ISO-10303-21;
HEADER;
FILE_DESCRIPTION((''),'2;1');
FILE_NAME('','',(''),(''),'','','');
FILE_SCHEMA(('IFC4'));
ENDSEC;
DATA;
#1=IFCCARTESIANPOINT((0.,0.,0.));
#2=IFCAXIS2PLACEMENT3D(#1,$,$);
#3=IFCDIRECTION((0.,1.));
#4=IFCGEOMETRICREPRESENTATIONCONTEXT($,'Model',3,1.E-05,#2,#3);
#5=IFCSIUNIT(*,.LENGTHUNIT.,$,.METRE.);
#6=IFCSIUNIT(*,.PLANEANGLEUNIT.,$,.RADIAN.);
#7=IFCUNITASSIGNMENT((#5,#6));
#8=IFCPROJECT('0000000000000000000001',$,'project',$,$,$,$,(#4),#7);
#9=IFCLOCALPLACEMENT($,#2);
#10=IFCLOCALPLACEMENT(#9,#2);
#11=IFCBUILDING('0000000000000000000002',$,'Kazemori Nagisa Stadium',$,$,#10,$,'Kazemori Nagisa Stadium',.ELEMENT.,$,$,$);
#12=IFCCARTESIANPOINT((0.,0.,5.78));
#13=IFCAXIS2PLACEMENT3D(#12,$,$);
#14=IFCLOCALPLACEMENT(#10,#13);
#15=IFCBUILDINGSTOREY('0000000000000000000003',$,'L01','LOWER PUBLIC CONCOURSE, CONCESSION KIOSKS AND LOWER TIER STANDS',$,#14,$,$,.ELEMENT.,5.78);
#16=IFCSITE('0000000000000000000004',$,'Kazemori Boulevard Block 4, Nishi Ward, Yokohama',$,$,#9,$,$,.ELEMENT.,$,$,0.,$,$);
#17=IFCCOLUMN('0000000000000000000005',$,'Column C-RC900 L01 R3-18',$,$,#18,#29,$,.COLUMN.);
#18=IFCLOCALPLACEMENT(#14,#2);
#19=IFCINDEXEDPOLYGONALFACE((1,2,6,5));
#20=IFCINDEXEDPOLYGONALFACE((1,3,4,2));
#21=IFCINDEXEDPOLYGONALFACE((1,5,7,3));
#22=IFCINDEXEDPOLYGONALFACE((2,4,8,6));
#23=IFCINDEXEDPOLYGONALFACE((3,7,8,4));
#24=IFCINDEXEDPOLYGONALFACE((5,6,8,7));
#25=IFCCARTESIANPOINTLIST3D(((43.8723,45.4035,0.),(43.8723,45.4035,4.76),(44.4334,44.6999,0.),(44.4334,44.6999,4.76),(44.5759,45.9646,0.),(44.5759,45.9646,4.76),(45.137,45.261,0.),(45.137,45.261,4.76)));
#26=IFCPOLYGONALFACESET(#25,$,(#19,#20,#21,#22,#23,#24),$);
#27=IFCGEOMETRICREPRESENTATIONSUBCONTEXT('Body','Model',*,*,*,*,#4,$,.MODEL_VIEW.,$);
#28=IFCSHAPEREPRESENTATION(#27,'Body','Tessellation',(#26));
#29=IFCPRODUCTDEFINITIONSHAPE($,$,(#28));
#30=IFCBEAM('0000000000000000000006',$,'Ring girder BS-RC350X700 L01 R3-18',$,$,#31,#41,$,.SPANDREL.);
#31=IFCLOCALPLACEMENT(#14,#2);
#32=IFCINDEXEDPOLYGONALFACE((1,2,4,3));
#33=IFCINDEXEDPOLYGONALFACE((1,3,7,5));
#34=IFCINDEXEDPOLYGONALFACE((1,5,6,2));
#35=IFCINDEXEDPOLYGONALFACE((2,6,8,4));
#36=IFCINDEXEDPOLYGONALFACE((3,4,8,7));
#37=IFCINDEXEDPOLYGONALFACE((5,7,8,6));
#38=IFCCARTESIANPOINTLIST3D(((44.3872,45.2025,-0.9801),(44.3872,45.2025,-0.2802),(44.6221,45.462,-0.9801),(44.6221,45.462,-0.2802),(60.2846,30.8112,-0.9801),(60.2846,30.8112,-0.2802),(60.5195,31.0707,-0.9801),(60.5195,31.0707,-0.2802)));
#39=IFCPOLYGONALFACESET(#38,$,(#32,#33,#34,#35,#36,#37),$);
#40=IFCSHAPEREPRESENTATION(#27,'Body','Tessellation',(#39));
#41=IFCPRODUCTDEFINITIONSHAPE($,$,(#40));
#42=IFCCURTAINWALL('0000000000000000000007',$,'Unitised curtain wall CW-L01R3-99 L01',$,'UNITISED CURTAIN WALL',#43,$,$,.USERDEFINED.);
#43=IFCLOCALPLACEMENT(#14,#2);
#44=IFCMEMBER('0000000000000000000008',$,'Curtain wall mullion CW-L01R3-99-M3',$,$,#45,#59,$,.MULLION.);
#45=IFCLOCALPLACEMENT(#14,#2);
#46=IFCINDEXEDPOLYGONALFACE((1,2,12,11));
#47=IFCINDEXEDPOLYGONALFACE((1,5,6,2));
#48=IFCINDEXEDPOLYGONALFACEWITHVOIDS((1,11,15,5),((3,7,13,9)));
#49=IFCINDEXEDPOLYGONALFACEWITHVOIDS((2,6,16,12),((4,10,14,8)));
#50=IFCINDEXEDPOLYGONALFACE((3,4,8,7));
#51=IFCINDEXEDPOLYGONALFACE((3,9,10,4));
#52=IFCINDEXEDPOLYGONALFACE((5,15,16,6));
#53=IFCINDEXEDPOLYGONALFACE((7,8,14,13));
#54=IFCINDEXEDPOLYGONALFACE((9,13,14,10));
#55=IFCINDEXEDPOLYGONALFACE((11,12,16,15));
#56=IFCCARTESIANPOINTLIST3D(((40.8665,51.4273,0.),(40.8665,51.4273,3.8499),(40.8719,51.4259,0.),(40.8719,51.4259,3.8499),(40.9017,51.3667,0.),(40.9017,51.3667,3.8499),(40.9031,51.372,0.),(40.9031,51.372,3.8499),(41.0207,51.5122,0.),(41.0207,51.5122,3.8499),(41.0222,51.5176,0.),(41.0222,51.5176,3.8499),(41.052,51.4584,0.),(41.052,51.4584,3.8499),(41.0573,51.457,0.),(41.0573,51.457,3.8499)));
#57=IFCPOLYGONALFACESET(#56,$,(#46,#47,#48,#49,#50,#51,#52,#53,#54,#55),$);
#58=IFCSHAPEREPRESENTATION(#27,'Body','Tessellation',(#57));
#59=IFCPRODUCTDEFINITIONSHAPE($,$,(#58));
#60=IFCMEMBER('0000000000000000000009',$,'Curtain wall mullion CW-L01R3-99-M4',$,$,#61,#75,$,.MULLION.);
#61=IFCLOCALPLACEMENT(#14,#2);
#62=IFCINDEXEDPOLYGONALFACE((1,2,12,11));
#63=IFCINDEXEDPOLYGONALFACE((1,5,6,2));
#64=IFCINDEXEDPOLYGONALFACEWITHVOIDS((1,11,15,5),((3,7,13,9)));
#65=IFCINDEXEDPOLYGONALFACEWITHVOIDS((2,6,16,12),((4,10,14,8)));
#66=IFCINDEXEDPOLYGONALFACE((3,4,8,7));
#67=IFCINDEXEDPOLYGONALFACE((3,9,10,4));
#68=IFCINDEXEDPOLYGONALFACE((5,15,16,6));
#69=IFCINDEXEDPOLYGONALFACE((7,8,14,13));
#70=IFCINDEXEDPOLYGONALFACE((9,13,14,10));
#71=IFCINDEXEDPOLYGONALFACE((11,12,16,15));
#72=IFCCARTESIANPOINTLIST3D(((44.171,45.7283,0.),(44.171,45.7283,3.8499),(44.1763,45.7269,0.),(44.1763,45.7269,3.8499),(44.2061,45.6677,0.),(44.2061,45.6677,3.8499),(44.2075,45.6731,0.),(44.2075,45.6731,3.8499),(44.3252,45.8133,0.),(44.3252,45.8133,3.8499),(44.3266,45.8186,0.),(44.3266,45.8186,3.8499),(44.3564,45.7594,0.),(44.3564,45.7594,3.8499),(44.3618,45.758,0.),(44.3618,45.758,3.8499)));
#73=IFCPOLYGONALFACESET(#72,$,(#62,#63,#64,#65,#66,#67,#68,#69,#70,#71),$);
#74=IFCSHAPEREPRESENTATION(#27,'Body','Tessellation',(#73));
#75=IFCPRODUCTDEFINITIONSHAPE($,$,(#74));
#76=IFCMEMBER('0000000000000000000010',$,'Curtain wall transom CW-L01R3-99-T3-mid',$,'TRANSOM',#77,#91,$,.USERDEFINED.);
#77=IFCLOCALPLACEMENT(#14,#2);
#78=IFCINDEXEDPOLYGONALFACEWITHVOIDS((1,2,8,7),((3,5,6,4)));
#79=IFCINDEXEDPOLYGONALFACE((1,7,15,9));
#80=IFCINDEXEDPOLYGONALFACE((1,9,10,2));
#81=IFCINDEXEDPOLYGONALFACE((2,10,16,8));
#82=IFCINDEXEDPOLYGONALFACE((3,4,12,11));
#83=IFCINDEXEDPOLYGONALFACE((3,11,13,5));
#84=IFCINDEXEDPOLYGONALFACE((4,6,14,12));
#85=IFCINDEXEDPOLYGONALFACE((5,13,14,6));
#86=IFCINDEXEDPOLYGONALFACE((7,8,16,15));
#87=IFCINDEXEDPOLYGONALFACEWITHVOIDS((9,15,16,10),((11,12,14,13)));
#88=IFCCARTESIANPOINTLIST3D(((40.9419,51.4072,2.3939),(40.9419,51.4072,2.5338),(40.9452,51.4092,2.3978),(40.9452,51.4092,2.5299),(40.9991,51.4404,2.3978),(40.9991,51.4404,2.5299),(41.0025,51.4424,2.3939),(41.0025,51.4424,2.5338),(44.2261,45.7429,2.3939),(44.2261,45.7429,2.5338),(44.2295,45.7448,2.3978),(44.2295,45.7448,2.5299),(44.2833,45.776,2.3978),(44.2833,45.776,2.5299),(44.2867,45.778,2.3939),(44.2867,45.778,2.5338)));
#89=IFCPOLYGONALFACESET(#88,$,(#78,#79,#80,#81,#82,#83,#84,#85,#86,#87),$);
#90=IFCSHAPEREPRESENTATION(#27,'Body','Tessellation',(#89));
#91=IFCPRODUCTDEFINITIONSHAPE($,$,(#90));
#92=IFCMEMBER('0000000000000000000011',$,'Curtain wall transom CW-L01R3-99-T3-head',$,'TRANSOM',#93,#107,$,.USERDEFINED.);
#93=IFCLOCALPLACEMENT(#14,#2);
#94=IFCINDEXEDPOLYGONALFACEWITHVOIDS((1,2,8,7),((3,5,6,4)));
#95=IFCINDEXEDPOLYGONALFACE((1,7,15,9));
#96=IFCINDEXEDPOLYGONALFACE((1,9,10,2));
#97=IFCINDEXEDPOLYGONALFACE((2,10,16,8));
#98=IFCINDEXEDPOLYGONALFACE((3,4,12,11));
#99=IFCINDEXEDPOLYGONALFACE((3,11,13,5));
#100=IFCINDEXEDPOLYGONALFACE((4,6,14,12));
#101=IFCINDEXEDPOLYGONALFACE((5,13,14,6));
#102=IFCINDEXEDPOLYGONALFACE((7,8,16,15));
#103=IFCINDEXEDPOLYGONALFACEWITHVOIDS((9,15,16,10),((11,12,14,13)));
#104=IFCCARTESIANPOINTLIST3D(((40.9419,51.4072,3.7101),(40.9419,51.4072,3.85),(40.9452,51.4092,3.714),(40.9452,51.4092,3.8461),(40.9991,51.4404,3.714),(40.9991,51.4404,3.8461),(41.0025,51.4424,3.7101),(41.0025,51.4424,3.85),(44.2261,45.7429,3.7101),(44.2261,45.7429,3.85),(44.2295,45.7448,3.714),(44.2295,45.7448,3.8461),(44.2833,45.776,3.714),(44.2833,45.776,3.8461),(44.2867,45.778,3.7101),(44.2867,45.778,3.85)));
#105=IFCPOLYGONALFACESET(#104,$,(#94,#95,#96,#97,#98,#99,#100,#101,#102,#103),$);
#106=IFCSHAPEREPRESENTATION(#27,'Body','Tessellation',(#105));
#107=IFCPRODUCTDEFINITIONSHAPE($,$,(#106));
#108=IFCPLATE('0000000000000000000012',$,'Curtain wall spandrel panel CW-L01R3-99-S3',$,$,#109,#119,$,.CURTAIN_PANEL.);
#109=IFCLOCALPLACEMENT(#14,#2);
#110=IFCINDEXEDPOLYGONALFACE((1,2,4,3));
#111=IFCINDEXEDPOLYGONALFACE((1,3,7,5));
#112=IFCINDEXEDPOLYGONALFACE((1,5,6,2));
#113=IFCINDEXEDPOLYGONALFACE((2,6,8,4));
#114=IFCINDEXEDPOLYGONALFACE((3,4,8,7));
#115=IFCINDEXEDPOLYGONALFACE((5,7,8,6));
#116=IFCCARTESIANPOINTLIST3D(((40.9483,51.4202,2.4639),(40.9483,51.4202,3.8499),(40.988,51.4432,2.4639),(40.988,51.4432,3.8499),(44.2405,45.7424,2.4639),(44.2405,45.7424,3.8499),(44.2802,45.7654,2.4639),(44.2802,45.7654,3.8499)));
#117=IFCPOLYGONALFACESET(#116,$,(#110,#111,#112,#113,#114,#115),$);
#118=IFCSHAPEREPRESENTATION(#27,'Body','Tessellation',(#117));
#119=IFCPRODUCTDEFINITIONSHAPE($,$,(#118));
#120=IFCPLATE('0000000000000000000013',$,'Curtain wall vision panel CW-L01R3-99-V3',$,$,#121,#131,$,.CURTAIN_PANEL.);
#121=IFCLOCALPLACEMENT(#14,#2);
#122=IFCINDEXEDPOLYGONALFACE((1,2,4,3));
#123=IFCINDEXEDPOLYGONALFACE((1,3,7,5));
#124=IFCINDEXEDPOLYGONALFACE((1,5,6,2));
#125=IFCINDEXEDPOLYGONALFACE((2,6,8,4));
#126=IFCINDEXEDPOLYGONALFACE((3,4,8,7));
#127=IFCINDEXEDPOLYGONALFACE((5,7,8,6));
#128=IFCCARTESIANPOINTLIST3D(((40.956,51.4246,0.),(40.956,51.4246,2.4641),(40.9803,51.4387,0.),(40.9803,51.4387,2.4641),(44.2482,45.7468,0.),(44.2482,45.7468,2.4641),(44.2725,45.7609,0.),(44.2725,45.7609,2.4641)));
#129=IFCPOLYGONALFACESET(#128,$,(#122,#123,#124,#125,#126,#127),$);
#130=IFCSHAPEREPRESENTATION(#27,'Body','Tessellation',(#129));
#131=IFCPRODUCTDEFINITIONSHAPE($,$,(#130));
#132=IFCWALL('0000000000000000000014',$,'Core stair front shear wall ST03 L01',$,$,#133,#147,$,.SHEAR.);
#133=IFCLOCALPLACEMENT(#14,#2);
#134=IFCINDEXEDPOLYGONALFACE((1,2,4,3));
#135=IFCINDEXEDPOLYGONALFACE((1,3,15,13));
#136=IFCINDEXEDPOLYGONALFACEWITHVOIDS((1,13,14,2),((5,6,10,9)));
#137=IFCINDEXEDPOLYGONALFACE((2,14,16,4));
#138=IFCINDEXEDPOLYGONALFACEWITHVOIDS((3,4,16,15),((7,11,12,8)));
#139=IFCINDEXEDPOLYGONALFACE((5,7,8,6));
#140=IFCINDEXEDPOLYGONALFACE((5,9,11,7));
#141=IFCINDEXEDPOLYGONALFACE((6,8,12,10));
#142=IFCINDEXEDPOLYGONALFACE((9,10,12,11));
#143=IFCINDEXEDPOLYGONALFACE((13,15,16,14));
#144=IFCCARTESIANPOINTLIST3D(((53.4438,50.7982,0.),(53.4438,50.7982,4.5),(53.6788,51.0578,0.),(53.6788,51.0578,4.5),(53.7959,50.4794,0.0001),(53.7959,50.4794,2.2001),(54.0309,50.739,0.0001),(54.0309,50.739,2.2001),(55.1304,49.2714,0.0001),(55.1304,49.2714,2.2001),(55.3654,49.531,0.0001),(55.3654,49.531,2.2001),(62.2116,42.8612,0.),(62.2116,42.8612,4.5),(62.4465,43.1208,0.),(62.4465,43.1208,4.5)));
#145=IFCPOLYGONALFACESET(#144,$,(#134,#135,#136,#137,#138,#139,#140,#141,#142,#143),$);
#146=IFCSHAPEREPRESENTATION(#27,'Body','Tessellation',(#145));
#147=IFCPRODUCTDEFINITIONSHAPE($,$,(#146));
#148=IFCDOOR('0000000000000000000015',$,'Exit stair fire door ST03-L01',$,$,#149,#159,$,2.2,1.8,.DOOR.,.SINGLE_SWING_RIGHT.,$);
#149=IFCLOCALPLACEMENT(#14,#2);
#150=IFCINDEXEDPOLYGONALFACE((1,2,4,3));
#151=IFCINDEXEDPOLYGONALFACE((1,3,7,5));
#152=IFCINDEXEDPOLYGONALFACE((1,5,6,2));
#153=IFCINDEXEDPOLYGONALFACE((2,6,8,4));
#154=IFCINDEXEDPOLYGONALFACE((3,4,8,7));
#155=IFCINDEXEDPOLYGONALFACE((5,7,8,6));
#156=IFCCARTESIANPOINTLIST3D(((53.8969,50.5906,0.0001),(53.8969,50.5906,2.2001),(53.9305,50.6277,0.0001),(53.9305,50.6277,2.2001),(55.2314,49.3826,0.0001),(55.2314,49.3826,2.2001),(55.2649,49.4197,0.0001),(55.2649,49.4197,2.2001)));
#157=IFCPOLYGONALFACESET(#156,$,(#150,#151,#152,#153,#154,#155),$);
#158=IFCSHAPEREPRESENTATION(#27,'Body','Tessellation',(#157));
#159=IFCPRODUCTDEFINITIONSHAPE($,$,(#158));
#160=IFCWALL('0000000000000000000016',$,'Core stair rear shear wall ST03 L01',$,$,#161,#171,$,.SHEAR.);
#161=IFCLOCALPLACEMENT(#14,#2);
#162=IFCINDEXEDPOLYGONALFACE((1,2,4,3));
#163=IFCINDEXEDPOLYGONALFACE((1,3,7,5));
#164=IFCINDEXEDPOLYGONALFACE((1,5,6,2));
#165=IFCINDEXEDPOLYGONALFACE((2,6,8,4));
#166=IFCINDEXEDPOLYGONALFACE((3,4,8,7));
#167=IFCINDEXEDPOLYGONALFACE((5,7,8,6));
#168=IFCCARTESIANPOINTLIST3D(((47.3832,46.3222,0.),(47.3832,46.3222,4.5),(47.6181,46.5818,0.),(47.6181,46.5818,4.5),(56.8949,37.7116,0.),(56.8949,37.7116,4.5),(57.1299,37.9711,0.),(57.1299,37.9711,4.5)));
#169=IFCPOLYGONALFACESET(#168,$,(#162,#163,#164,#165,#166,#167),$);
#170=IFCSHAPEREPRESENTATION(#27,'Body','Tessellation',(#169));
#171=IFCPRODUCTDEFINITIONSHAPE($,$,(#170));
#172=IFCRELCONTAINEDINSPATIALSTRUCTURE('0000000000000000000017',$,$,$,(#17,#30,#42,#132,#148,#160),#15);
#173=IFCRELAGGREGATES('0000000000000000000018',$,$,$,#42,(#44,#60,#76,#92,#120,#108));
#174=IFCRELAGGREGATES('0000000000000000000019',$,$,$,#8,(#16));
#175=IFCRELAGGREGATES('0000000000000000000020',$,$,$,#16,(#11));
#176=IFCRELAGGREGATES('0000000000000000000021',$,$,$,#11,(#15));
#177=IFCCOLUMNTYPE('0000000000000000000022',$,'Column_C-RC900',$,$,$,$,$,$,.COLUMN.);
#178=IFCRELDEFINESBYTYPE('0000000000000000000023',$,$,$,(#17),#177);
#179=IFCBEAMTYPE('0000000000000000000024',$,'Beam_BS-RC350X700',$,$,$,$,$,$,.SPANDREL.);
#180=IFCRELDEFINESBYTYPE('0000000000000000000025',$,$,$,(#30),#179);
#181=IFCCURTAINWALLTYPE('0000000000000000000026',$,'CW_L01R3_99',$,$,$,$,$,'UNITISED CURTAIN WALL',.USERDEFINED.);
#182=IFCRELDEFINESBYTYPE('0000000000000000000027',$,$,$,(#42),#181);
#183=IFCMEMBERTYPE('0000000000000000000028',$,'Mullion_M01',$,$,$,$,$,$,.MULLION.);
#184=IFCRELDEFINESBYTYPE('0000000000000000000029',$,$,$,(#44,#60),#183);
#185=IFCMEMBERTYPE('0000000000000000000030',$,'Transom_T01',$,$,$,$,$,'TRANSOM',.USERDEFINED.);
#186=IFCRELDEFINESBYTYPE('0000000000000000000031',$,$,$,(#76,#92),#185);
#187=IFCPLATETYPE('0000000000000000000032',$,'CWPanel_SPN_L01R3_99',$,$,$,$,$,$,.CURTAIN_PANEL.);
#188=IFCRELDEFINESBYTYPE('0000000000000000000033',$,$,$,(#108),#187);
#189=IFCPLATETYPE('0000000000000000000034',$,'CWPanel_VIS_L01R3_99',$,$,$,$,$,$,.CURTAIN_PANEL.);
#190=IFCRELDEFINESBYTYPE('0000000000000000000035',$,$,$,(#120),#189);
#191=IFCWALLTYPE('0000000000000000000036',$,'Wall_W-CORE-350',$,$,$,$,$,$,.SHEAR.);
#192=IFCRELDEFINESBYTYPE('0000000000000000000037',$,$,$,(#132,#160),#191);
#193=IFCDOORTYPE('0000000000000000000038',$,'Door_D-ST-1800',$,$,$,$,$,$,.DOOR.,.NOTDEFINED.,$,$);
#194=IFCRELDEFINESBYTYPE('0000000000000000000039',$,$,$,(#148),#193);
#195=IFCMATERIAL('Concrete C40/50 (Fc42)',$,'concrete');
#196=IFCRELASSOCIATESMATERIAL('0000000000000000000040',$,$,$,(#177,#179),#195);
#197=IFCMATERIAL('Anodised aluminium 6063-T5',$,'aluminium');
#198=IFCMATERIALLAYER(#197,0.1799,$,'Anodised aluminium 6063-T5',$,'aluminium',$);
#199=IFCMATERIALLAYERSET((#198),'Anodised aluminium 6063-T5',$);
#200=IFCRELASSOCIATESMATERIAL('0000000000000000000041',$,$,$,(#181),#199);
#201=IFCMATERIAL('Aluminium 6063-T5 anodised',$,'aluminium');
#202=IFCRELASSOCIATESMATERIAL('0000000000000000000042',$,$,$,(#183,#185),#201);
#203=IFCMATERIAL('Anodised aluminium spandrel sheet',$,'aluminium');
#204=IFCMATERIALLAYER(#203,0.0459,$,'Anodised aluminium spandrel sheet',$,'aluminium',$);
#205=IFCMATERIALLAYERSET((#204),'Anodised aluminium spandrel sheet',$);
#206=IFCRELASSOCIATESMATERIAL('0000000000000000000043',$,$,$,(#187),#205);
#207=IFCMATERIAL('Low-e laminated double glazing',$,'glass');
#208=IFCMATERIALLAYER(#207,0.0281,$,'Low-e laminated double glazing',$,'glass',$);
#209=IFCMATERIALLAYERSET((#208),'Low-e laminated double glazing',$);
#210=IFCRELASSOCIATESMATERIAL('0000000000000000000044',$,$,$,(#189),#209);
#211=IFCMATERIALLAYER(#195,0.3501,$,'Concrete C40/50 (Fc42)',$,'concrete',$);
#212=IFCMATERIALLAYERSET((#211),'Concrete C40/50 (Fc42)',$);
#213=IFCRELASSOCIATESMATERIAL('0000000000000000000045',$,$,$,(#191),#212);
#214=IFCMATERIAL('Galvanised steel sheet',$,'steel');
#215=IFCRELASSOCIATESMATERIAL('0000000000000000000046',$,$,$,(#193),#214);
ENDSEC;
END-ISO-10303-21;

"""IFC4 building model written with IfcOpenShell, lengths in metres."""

from ifc_helpers import new_model, si_unit, direction, frame, frame_2d, origin, origin_2d, place, context, subcontext, project, spatial, rectangle, hollow_rectangle, extrude, material, layer, layer_set, material_profile, profile_set, type_object, element, fill, aggregate, save


model = new_model("IFC4")

# Units and contexts
model_context = context("Model", 3, precision=1e-05, world=origin(), true_north=direction((0.0, 1.0)))
body_context = subcontext(model_context, "Body", "Model", "MODEL_VIEW")
ifc_project = project(units=[si_unit("LENGTHUNIT", "METRE"), si_unit("PLANEANGLEUNIT", "RADIAN")], contexts=[model_context])

# Site, building, storey
site_placement = place(None, origin())
site = spatial("IfcSite", under=ifc_project, at=site_placement, Name="Kazemori Boulevard Block 4, Nishi Ward, Yokohama", CompositionType="ELEMENT", RefElevation=0.0)
building_placement = place(site_placement, origin())
building = spatial("IfcBuilding", under=site, at=building_placement, Name="Kazemori Nagisa Stadium", LongName="Kazemori Nagisa Stadium", CompositionType="ELEMENT")
storey_placement = place(building_placement, frame((0.0, 0.0, 5.78)))
storey = spatial("IfcBuildingStorey", under=building, at=storey_placement, Name="L01", Description="LOWER PUBLIC CONCOURSE, CONCESSION KIOSKS AND LOWER TIER STANDS", CompositionType="ELEMENT", Elevation=5.78)

# Column
ifc_material_1 = material(Name="Concrete C40/50 (Fc42)", Category="concrete")
ifc_material_profile_1 = material_profile(ifc_material_1, rectangle(XDim=0.8999, YDim=0.8999, at=origin_2d()), Name="RC-COL-900x900")
ifc_profile_set_1 = profile_set([ifc_material_profile_1], Name="Concrete C40/50 (Fc42)")
column_type = type_object("IfcColumnType", Name="Column_C-RC900", PredefinedType="COLUMN", material=ifc_profile_set_1)
column_placement = place(storey_placement, frame((44.5046, 45.3323, 0.0), z_axis=(0.0, 0.0, 1.0), x_axis=(-0.781831, -0.62349, 0.0)))
element("IfcColumn", 1, at=column_placement, inside=storey, type_object=column_type, Name="Column C-RC900 L01 R3-18", PredefinedType="COLUMN", context=body_context, shape_type="SweptSolid", body=[
    extrude(rectangle(XDim=0.8999, YDim=0.8999, at=origin_2d()), origin(), (0.0, 0.0, 1.0), 4.76),
])

# Beam
ifc_material_profile_2 = material_profile(ifc_material_1, rectangle(XDim=0.3501, YDim=0.7, at=origin_2d()), Name="RC-SP-350x700")
ifc_profile_set_2 = profile_set([ifc_material_profile_2], Name="Concrete C40/50 (Fc42)")
beam_type = type_object("IfcBeamType", Name="Beam_BS-RC350X700", PredefinedType="SPANDREL", material=ifc_profile_set_2)
beam_placement = place(storey_placement, frame((44.5046, 45.3323, -0.6301), z_axis=(0.741352, -0.671117, 0.0), x_axis=(0.671117, 0.741352, 0.0)))
element("IfcBeam", 2, at=beam_placement, inside=storey, type_object=beam_type, Name="Ring girder BS-RC350X700 L01 R3-18", PredefinedType="SPANDREL", context=body_context, shape_type="SweptSolid", body=[
    extrude(rectangle(XDim=0.3501, YDim=0.7, at=origin_2d()), origin(), (0.0, 0.0, 1.0), 21.4438),
])

# Curtain wall, members, plates
ifc_material_2 = material(Name="Anodised aluminium 6063-T5", Category="aluminium")
ifc_layer_1 = layer(ifc_material_2, 0.1799, Name="Anodised aluminium 6063-T5", Category="aluminium")
ifc_layer_set_1 = layer_set([ifc_layer_1], Name="Anodised aluminium 6063-T5")
curtain_wall_type = type_object("IfcCurtainWallType", Name="CW_L01R3_99", ElementType="UNITISED CURTAIN WALL", PredefinedType="USERDEFINED", material=ifc_layer_set_1)
curtain_wall_placement = place(storey_placement, origin())
curtain_wall = element("IfcCurtainWall", 3, at=curtain_wall_placement, inside=storey, type_object=curtain_wall_type, Name="Unitised curtain wall CW-L01R3-99 L01", ObjectType="UNITISED CURTAIN WALL", PredefinedType="USERDEFINED")
ifc_material_3 = material(Name="Aluminium 6063-T5 anodised", Category="aluminium")
ifc_material_profile_3 = material_profile(ifc_material_3, hollow_rectangle(XDim=0.0701, YDim=0.1799, WallThickness=0.0039, at=origin_2d()), Name="ALU-MULL-70x180x4")
ifc_profile_set_3 = profile_set([ifc_material_profile_3], Name="Aluminium 6063-T5 anodised")
member_type_1 = type_object("IfcMemberType", Name="Mullion_M01", PredefinedType="MULLION", material=ifc_profile_set_3)
member_1_placement = place(storey_placement, frame((40.9619, 51.4421, 0.0), z_axis=(0.0, 0.0, 1.0), x_axis=(0.501612, -0.865093, 0.0)))
member_1 = element("IfcMember", 4, at=member_1_placement, type_object=member_type_1, Name="Curtain wall mullion CW-L01R3-99-M3", PredefinedType="MULLION", context=body_context, shape_type="SweptSolid", body=[
    extrude(hollow_rectangle(XDim=0.0701, YDim=0.1799, WallThickness=0.0039, at=origin_2d()), origin(), (0.0, 0.0, 1.0), 3.8499),
])
member_2_placement = place(storey_placement, frame((44.2664, 45.7432, 0.0), z_axis=(0.0, 0.0, 1.0), x_axis=(0.501612, -0.865093, 0.0)))
member_2 = element("IfcMember", 5, at=member_2_placement, type_object=member_type_1, Name="Curtain wall mullion CW-L01R3-99-M4", PredefinedType="MULLION", context=body_context, shape_type="SweptSolid", body=[
    extrude(hollow_rectangle(XDim=0.0701, YDim=0.1799, WallThickness=0.0039, at=origin_2d()), origin(), (0.0, 0.0, 1.0), 3.8499),
])
ifc_material_profile_4 = material_profile(ifc_material_3, hollow_rectangle(XDim=0.0701, YDim=0.1399, WallThickness=0.0039, at=origin_2d()), Name="ALU-TRAN-70x140x4")
ifc_profile_set_4 = profile_set([ifc_material_profile_4], Name="Aluminium 6063-T5 anodised")
member_type_2 = type_object("IfcMemberType", Name="Transom_T01", ElementType="TRANSOM", PredefinedType="USERDEFINED", material=ifc_profile_set_4)
member_3_placement = place(storey_placement, frame((40.9722, 51.4248, 2.4639), z_axis=(0.50159, -0.865105, 0.0), x_axis=(0.865105, 0.50159, 0.0)))
member_3 = element("IfcMember", 6, at=member_3_placement, type_object=member_type_2, Name="Curtain wall transom CW-L01R3-99-T3-mid", ObjectType="TRANSOM", PredefinedType="USERDEFINED", context=body_context, shape_type="SweptSolid", body=[
    extrude(hollow_rectangle(XDim=0.0701, YDim=0.1399, WallThickness=0.0039, at=origin_2d()), origin(), (0.0, 0.0, 1.0), 6.5476),
])
member_4_placement = place(storey_placement, frame((40.9722, 51.4248, 3.78), z_axis=(0.50159, -0.865105, 0.0), x_axis=(0.865105, 0.50159, 0.0)))
member_4 = element("IfcMember", 7, at=member_4_placement, type_object=member_type_2, Name="Curtain wall transom CW-L01R3-99-T3-head", ObjectType="TRANSOM", PredefinedType="USERDEFINED", context=body_context, shape_type="SweptSolid", body=[
    extrude(hollow_rectangle(XDim=0.0701, YDim=0.1399, WallThickness=0.0039, at=origin_2d()), origin(), (0.0, 0.0, 1.0), 6.5476),
])
ifc_material_4 = material(Name="Anodised aluminium spandrel sheet", Category="aluminium")
ifc_layer_2 = layer(ifc_material_4, 0.0459, Name="Anodised aluminium spandrel sheet", Category="aluminium")
ifc_layer_set_2 = layer_set([ifc_layer_2], Name="Anodised aluminium spandrel sheet")
plate_type_1 = type_object("IfcPlateType", Name="CWPanel_SPN_L01R3_99", PredefinedType="CURTAIN_PANEL", material=ifc_layer_set_2)
plate_1_placement = place(storey_placement, frame((42.6143, 48.5928, 2.4639), z_axis=(0.0, 0.0, 1.0), x_axis=(0.501612, -0.865093, 0.0)))
plate_1 = element("IfcPlate", 8, at=plate_1_placement, type_object=plate_type_1, Name="Curtain wall spandrel panel CW-L01R3-99-S3", PredefinedType="CURTAIN_PANEL", context=body_context, shape_type="SweptSolid", body=[
    extrude(rectangle(XDim=6.5632, YDim=0.0459, at=origin_2d()), origin(), (0.0, 0.0, 1.0), 1.386),
])
ifc_material_5 = material(Name="Low-e laminated double glazing", Category="glass")
ifc_layer_3 = layer(ifc_material_5, 0.0281, Name="Low-e laminated double glazing", Category="glass")
ifc_layer_set_3 = layer_set([ifc_layer_3], Name="Low-e laminated double glazing")
plate_type_2 = type_object("IfcPlateType", Name="CWPanel_VIS_L01R3_99", PredefinedType="CURTAIN_PANEL", material=ifc_layer_set_3)
plate_2_placement = place(storey_placement, frame((42.6143, 48.5928, 0.0), z_axis=(0.0, 0.0, 1.0), x_axis=(0.501612, -0.865093, 0.0)))
plate_2 = element("IfcPlate", 9, at=plate_2_placement, type_object=plate_type_2, Name="Curtain wall vision panel CW-L01R3-99-V3", PredefinedType="CURTAIN_PANEL", context=body_context, shape_type="SweptSolid", body=[
    extrude(rectangle(XDim=6.5632, YDim=0.0281, at=origin_2d()), origin(), (0.0, 0.0, 1.0), 2.4641),
])
aggregate(curtain_wall, [member_1, member_2, member_3, member_4, plate_2, plate_1])

# Wall, opening, door
ifc_layer_4 = layer(ifc_material_1, 0.3501, Name="Concrete C40/50 (Fc42)", Category="concrete")
ifc_layer_set_4 = layer_set([ifc_layer_4], Name="Concrete C40/50 (Fc42)")
wall_type_1 = type_object("IfcWallType", Name="Wall_W-CORE-350", PredefinedType="SHEAR", material=ifc_layer_set_4)
wall_1_placement = place(storey_placement, frame((53.5613, 50.928, 0.0), z_axis=(0.0, 0.0, 1.0), x_axis=(0.741358, -0.67111, 0.0)))
wall_1 = element("IfcWall", 10, at=wall_1_placement, inside=storey, type_object=wall_type_1, Name="Core stair front shear wall ST03 L01", PredefinedType="SHEAR", context=body_context, shape_type="SweptSolid", body=[
    extrude(rectangle(XDim=11.8267, YDim=0.3501, at=frame_2d((5.9133, 0.0))), origin(), (0.0, 0.0, 1.0), 4.5),
])
opening_1_placement = place(wall_1_placement, frame((0.4751, 0.0, 0.0)))
opening_1 = element("IfcOpeningElement", 11, at=opening_1_placement, cuts=wall_1, PredefinedType="OPENING", context=body_context, shape_type="SweptSolid", body=[
    extrude(rectangle(XDim=1.8, YDim=2.2, at=frame_2d((0.8999, 1.1001))), frame((0.0, 0.1851, 0.0), z_axis=(0.0, -1.0, 0.0), x_axis=(1.0, 0.0, 0.0)), (0.0, 0.0, 1.0), 0.3701),
])
ifc_material_6 = material(Name="Galvanised steel sheet", Category="steel")
door_type = type_object("IfcDoorType", Name="Door_D-ST-1800", OperationType="NOTDEFINED", PredefinedType="DOOR", material=ifc_material_6)
door_placement = place(opening_1_placement, frame((1.8, 0.0, 0.0), z_axis=(0.0, 0.0, 1.0), x_axis=(-1.0, 0.0, 0.0)))
door = element("IfcDoor", 12, at=door_placement, inside=storey, type_object=door_type, Name="Exit stair fire door ST03-L01", OperationType="SINGLE_SWING_RIGHT", OverallHeight=2.2, OverallWidth=1.8, PredefinedType="DOOR", context=body_context, shape_type="SweptSolid", body=[
    extrude(rectangle(XDim=1.8, YDim=2.2, at=frame_2d((0.8999, 1.1001))), frame((0.0, 0.0249, 0.0), z_axis=(0.0, -1.0, 0.0), x_axis=(1.0, 0.0, 0.0)), (0.0, 0.0, 1.0), 0.05),
])
fill(opening_1, door)

# Wall
wall_2_placement = place(storey_placement, frame((47.5007, 46.4519, 0.0), z_axis=(0.0, 0.0, 1.0), x_axis=(0.741351, -0.671117, 0.0)))
element("IfcWall", 13, at=wall_2_placement, inside=storey, type_object=wall_type_1, Name="Core stair rear shear wall ST03 L01", PredefinedType="SHEAR", context=body_context, shape_type="SweptSolid", body=[
    extrude(rectangle(XDim=12.8303, YDim=0.3501, at=frame_2d((6.415, 0.0))), origin(), (0.0, 0.0, 1.0), 4.5),
])

save(model, "model.ifc")
